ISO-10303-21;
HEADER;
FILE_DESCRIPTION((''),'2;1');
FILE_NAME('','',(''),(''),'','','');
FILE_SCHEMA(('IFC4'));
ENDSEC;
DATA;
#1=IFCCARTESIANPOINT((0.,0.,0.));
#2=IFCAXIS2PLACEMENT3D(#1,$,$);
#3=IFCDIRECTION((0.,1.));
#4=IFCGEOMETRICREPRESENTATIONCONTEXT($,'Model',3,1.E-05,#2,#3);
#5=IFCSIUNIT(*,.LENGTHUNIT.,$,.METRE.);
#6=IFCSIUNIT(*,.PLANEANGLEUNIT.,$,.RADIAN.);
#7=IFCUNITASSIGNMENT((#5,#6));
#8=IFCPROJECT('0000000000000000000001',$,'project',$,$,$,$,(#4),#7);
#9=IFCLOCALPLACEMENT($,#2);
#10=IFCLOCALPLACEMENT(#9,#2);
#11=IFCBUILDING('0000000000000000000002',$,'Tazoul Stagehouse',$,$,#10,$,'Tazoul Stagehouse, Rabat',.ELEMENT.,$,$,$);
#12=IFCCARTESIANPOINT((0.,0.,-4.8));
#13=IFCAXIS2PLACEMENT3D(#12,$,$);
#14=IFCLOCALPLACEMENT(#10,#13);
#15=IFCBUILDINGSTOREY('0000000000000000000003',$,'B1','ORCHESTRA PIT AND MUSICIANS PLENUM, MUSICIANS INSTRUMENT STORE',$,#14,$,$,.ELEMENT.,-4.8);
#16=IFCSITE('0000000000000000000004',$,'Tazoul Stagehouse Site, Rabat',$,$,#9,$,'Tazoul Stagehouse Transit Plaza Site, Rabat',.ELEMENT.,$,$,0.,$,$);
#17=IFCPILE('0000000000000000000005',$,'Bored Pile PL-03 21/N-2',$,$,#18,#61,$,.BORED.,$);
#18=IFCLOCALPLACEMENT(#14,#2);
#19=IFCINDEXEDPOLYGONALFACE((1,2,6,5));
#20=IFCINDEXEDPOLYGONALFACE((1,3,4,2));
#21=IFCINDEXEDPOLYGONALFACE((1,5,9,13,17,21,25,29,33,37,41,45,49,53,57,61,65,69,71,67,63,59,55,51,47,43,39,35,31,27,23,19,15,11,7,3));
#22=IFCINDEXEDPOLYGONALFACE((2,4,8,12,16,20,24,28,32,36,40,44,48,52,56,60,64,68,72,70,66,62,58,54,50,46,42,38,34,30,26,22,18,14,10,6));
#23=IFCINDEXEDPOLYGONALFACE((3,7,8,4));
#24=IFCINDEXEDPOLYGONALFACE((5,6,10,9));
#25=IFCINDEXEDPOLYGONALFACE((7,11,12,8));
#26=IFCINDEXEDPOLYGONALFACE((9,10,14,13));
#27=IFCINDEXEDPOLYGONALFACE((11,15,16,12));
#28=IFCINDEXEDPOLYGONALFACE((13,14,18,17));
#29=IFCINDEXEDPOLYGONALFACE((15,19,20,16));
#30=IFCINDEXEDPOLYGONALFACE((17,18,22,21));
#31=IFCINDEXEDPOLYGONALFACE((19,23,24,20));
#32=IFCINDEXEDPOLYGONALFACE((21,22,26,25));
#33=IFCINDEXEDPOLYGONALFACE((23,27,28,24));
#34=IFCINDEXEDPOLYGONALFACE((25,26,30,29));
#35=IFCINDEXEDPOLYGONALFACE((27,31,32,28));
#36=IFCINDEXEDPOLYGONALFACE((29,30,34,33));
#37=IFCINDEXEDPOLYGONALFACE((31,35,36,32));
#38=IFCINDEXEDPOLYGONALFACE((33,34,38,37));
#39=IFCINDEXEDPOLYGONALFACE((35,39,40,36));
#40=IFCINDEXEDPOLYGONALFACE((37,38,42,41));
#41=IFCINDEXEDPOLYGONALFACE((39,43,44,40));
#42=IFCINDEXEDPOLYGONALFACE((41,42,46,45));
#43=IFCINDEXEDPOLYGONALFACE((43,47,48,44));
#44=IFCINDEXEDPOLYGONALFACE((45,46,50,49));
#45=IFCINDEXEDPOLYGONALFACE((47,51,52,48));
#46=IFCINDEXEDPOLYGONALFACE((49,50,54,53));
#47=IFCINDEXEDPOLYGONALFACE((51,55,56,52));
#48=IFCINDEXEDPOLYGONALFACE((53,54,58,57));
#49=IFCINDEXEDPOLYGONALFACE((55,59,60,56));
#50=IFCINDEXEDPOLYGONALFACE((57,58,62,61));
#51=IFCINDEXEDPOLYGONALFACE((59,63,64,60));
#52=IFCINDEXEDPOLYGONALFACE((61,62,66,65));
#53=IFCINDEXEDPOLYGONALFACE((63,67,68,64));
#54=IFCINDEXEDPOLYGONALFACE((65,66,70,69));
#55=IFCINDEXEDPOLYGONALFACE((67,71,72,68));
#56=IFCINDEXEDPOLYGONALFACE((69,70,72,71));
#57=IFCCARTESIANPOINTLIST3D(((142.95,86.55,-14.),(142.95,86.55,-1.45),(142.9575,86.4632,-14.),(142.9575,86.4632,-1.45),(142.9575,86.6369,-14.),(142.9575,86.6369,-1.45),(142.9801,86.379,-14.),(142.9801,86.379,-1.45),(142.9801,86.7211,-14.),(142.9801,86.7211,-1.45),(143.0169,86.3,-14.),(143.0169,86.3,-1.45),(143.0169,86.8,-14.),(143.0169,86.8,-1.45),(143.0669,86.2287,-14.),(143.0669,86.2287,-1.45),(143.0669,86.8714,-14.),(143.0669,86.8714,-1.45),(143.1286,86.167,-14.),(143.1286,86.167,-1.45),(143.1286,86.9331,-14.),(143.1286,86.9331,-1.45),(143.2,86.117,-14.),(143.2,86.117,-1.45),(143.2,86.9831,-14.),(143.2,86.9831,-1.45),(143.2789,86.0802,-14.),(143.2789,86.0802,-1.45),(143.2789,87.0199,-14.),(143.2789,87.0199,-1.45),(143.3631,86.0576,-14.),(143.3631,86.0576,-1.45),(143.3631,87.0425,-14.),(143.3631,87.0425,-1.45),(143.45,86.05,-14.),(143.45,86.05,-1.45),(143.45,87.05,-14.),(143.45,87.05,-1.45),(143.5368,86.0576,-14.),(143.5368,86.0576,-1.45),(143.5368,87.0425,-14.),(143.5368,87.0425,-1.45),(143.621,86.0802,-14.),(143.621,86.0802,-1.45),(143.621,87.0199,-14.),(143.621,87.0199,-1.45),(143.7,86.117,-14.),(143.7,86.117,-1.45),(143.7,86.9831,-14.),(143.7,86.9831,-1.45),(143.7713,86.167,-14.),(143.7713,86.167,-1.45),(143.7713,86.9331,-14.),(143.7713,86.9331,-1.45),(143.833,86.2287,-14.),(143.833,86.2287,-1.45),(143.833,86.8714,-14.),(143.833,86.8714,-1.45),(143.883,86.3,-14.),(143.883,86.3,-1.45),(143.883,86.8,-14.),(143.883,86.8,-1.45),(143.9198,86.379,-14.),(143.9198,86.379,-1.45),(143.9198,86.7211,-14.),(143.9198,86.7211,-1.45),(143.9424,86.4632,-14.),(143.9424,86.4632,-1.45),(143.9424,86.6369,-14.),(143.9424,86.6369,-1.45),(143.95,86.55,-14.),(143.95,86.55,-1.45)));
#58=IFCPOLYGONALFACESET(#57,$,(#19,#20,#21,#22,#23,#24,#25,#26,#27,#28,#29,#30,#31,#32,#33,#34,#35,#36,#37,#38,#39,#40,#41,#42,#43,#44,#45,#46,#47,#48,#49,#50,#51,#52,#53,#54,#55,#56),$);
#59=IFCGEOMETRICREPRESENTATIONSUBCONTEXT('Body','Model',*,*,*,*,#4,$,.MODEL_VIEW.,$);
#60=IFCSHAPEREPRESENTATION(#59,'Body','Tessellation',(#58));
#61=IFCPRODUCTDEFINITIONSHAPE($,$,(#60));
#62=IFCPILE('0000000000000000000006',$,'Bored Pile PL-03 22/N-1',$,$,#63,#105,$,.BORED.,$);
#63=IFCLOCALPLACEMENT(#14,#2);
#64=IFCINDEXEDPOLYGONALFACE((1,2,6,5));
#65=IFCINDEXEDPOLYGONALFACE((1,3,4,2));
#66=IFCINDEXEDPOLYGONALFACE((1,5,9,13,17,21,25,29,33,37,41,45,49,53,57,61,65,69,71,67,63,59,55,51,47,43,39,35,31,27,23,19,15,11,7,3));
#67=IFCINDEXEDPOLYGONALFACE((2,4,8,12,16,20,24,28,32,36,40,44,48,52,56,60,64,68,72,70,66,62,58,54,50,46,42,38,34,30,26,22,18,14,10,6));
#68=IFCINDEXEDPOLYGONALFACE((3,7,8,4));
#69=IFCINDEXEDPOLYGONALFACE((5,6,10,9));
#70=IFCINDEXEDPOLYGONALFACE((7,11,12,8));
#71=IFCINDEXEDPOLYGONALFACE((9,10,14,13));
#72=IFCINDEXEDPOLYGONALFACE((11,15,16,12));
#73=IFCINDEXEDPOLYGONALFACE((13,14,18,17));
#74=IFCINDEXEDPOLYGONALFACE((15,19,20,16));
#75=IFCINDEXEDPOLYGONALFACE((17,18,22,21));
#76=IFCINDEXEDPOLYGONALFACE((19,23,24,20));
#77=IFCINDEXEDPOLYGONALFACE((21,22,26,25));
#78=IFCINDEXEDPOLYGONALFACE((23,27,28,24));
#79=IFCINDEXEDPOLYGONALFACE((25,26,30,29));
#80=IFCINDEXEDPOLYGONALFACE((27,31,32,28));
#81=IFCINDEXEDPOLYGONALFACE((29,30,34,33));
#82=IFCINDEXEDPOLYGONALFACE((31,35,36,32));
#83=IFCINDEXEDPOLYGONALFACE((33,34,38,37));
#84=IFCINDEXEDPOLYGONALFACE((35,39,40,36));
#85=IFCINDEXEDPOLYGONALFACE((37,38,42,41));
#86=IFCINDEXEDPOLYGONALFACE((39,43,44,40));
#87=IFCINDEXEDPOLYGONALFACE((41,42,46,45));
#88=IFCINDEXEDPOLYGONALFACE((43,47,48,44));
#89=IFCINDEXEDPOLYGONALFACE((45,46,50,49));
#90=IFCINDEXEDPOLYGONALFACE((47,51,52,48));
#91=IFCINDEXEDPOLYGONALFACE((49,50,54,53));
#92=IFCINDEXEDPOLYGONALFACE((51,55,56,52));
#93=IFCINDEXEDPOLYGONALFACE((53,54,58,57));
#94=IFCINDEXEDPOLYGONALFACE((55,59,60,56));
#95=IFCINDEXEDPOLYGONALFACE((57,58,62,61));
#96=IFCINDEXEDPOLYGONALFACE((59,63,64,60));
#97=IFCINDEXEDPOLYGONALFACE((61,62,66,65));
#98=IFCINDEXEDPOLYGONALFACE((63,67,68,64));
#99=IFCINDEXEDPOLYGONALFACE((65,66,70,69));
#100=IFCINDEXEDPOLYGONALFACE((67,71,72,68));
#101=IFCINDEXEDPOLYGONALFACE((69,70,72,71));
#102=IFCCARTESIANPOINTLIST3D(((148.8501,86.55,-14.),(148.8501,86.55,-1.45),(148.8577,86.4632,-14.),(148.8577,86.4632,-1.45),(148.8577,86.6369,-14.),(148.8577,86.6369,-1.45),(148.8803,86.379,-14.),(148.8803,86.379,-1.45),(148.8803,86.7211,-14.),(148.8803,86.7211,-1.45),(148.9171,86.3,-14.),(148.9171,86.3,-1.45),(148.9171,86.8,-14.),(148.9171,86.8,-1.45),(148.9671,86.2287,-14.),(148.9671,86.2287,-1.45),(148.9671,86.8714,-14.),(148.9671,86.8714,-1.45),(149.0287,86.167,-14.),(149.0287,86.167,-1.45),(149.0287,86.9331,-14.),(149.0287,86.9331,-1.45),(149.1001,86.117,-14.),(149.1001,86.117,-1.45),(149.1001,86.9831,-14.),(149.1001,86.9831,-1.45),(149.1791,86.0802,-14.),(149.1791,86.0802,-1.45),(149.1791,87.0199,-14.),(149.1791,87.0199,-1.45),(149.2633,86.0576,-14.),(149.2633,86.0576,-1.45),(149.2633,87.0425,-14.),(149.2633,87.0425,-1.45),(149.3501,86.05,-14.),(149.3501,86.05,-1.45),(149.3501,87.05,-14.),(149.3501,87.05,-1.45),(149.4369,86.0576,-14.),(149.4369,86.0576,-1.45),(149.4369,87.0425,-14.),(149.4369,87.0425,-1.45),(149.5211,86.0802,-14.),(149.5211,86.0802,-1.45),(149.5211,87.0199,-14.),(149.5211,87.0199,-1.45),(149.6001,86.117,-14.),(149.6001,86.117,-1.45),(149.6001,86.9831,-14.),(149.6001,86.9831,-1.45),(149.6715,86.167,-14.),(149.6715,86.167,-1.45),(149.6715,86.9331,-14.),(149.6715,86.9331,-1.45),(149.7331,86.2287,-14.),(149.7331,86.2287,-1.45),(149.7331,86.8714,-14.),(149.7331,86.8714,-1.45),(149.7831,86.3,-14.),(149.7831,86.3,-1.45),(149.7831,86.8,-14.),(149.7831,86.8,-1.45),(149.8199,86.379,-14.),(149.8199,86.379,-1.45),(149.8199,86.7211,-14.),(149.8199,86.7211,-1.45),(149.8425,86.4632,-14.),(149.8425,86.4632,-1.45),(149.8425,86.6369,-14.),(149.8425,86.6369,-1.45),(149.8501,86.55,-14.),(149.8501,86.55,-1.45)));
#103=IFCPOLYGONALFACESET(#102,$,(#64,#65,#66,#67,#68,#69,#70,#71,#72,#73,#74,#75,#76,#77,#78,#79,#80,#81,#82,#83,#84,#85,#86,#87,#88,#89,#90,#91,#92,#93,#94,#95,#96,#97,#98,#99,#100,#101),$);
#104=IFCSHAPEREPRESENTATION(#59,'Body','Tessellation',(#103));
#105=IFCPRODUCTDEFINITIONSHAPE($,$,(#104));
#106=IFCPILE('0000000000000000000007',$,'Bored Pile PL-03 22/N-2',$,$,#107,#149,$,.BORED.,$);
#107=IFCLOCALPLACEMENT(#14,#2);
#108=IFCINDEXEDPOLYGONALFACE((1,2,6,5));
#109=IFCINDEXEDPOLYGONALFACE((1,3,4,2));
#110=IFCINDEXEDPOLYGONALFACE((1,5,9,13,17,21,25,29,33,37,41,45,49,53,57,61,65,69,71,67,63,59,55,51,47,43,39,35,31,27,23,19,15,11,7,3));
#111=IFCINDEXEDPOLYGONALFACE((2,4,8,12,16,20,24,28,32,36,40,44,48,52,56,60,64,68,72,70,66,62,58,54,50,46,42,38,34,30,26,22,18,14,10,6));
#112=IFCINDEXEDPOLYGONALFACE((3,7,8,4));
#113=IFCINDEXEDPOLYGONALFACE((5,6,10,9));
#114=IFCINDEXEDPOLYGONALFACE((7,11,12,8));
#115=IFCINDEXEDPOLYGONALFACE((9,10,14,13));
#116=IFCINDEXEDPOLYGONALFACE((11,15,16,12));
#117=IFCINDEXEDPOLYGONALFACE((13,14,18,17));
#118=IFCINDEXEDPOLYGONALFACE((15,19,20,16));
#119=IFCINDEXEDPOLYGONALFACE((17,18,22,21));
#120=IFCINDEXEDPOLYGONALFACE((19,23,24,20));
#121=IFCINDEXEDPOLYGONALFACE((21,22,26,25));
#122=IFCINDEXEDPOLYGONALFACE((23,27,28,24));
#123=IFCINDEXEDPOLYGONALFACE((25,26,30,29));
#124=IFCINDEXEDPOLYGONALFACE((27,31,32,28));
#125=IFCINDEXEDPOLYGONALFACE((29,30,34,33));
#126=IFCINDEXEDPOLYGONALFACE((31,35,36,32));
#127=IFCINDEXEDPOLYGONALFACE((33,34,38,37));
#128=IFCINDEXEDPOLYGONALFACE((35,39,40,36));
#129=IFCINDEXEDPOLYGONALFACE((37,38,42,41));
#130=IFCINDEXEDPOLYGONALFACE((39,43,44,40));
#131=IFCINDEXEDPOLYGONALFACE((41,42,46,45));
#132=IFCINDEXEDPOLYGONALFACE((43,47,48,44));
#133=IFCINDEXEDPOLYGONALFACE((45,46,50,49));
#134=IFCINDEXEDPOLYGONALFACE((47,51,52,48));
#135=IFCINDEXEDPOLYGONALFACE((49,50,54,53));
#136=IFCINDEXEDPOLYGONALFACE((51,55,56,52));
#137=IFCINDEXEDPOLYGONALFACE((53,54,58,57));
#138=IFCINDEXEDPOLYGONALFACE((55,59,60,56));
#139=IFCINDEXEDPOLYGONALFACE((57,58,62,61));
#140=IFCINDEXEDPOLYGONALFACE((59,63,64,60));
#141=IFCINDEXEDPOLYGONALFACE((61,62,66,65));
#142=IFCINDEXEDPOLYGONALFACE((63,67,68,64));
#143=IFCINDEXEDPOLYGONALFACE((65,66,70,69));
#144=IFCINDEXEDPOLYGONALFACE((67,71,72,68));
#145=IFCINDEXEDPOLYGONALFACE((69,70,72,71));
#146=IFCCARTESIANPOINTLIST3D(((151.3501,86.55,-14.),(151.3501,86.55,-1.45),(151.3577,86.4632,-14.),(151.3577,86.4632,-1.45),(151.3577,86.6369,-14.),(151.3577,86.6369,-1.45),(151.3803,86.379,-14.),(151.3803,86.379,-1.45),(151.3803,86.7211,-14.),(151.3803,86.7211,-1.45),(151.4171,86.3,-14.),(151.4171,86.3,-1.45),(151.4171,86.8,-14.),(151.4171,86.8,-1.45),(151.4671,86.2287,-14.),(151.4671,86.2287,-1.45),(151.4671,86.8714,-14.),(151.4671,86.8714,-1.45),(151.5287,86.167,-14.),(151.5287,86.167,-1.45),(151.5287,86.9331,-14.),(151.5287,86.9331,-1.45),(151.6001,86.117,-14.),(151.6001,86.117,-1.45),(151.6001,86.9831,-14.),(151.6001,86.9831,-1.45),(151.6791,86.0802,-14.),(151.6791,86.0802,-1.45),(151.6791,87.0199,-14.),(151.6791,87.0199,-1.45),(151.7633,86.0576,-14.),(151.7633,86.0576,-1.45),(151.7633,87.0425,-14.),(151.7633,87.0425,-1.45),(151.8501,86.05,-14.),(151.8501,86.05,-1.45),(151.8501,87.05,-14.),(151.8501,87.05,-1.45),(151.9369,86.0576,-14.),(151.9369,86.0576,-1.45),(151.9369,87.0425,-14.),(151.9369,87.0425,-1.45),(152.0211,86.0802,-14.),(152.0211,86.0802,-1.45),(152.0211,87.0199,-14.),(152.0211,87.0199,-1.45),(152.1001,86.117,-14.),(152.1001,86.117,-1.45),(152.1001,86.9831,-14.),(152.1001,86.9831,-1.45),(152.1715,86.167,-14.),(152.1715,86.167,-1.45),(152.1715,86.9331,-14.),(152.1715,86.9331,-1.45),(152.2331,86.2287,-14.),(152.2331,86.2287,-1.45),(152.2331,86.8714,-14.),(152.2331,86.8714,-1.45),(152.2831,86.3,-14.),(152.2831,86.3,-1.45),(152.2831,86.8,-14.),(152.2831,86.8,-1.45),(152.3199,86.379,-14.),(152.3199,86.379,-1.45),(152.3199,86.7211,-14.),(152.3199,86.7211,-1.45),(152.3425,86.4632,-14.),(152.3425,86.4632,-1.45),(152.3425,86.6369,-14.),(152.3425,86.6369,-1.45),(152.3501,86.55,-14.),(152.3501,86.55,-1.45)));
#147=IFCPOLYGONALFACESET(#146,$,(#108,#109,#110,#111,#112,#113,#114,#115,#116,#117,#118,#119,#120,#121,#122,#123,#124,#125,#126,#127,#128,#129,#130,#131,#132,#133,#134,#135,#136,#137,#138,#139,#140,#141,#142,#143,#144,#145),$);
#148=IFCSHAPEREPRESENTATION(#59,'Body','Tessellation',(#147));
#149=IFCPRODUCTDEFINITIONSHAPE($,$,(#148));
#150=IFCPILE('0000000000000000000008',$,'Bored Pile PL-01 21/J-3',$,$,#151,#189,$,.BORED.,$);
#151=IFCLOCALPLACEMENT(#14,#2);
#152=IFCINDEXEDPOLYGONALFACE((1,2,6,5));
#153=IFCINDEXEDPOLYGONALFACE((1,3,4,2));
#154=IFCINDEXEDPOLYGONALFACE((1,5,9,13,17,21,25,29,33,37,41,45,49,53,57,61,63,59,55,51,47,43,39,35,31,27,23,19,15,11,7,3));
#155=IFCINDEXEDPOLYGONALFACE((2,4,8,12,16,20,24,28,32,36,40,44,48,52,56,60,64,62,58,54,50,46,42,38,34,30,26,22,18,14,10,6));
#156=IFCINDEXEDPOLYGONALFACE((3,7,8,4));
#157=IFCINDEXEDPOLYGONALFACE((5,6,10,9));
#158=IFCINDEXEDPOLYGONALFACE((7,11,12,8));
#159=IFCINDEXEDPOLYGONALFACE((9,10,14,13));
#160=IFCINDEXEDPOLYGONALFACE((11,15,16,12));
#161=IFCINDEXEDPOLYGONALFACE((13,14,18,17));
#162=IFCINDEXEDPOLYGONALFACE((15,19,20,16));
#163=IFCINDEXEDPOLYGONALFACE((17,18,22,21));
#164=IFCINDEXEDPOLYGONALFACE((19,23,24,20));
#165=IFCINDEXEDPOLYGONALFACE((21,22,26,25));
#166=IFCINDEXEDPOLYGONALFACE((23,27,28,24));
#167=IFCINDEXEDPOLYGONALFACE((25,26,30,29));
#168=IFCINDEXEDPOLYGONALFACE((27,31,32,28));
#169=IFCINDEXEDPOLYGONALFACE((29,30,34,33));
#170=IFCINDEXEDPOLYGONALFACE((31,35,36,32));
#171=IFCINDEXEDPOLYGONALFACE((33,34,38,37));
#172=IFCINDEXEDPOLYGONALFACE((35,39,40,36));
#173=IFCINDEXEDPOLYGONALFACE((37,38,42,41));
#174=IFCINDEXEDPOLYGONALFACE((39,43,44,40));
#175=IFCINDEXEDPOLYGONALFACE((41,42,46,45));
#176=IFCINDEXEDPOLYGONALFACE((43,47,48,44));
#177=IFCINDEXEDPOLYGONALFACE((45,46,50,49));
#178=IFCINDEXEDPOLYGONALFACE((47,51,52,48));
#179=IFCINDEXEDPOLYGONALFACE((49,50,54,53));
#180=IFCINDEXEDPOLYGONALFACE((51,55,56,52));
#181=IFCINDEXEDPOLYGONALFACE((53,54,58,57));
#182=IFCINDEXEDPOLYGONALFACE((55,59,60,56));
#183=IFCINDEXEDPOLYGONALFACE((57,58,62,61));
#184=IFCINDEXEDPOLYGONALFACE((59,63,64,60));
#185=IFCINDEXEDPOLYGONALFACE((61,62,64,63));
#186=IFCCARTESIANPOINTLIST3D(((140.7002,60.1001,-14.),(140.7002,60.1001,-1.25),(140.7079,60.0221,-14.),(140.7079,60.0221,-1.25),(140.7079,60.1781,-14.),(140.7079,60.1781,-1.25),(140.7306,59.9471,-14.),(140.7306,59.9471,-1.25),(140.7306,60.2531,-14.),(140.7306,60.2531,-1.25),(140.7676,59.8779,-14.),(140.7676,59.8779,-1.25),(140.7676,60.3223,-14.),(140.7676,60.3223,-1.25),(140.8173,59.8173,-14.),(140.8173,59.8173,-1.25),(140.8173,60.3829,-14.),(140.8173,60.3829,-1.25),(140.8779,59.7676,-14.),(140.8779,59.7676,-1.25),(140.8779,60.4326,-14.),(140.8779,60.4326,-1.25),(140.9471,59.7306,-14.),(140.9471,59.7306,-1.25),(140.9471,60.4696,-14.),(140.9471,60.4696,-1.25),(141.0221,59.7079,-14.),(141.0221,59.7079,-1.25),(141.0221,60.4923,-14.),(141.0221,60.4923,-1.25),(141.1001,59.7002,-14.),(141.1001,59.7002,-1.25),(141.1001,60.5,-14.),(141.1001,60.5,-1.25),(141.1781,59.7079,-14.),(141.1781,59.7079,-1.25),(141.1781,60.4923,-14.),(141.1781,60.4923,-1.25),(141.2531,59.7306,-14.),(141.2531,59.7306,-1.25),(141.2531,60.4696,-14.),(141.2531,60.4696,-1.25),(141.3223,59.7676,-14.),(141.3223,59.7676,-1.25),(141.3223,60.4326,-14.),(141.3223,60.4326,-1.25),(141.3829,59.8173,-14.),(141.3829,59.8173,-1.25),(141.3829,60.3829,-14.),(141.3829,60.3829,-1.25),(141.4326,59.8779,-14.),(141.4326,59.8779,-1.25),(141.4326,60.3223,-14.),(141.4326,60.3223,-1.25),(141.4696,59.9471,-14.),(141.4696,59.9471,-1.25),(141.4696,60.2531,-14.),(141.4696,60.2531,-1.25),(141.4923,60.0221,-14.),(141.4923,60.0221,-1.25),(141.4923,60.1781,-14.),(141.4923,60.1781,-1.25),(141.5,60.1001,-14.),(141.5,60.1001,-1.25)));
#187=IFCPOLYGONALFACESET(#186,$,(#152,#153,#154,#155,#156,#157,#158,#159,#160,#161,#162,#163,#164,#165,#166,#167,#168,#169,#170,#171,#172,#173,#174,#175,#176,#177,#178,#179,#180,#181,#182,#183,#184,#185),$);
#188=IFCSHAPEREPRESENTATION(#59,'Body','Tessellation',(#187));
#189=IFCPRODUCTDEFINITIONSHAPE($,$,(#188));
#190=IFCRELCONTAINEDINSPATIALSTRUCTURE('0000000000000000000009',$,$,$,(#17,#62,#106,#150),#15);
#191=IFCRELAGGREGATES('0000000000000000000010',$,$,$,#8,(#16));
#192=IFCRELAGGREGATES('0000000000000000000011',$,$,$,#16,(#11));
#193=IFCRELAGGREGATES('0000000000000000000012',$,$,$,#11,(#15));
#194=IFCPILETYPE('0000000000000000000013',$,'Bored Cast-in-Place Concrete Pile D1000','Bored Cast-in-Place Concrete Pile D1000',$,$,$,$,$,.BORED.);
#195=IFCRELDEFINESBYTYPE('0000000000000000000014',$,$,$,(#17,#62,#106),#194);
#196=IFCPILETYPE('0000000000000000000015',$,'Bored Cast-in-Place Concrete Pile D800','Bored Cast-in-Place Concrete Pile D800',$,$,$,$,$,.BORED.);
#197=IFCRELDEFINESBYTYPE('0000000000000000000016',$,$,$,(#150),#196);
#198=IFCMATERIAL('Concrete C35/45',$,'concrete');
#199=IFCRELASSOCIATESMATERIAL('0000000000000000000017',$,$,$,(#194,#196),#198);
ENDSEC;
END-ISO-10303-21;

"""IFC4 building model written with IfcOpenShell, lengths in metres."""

from ifc_helpers import new_model, si_unit, direction, frame, origin, origin_2d, place, context, subcontext, project, spatial, circle, extrude, material, material_profile, profile_set, type_object, element, save


model = new_model("IFC4")

# Units and contexts
model_context = context("Model", 3, precision=1e-05, world=origin(), true_north=direction((0.0, 1.0)))
body_context = subcontext(model_context, "Body", "Model", "MODEL_VIEW")
ifc_project = project(units=[si_unit("LENGTHUNIT", "METRE"), si_unit("PLANEANGLEUNIT", "RADIAN")], contexts=[model_context])

# Site, building, storey
site_placement = place(None, origin())
site = spatial("IfcSite", under=ifc_project, at=site_placement, Name="Tazoul Stagehouse Site, Rabat", LongName="Tazoul Stagehouse Transit Plaza Site, Rabat", CompositionType="ELEMENT", RefElevation=0.0)
building_placement = place(site_placement, origin())
building = spatial("IfcBuilding", under=site, at=building_placement, Name="Tazoul Stagehouse", LongName="Tazoul Stagehouse, Rabat", CompositionType="ELEMENT")
storey_placement = place(building_placement, frame((0.0, 0.0, -4.8)))
storey = spatial("IfcBuildingStorey", under=building, at=storey_placement, Name="B1", Description="ORCHESTRA PIT AND MUSICIANS PLENUM, MUSICIANS INSTRUMENT STORE", CompositionType="ELEMENT", Elevation=-4.8)

# Piles
ifc_material_1 = material(Name="Concrete C35/45", Category="concrete")
ifc_material_profile_1 = material_profile(ifc_material_1, circle(Radius=0.5, at=origin_2d()), Name="BORED PILE 1000")
ifc_profile_set_1 = profile_set([ifc_material_profile_1], Name="Concrete C35/45")
pile_type_1 = type_object("IfcPileType", Name="Bored Cast-in-Place Concrete Pile D1000", Description="Bored Cast-in-Place Concrete Pile D1000", PredefinedType="BORED", material=ifc_profile_set_1)
for number, where, z_axis, x_axis, name in (
    (1, (143.45, 86.55, -1.45), (0.0, 0.0, -1.0), (1.0, 0.0, 0.0), "Bored Pile PL-03 21/N-2"),
    (2, (149.3501, 86.55, -1.45), (0.0, 0.0, -1.0), (1.0, 0.0, 0.0), "Bored Pile PL-03 22/N-1"),
    (3, (151.8501, 86.55, -1.45), (0.0, 0.0, -1.0), (1.0, 0.0, 0.0), "Bored Pile PL-03 22/N-2"),
):
    element("IfcPile", number, at=place(storey_placement, frame(where, z_axis=z_axis, x_axis=x_axis)), inside=storey, type_object=pile_type_1, Name=name, PredefinedType="BORED", context=body_context, shape_type="SweptSolid", body=[
        extrude(circle(Radius=0.5, at=origin_2d()), origin(), (0.0, 0.0, 1.0), 12.55),
    ])
ifc_material_profile_2 = material_profile(ifc_material_1, circle(Radius=0.3999, at=origin_2d()), Name="BORED PILE 800")
ifc_profile_set_2 = profile_set([ifc_material_profile_2], Name="Concrete C35/45")
pile_type_2 = type_object("IfcPileType", Name="Bored Cast-in-Place Concrete Pile D800", Description="Bored Cast-in-Place Concrete Pile D800", PredefinedType="BORED", material=ifc_profile_set_2)
for number, where, z_axis, x_axis, name in (
    (4, (141.1001, 60.1001, -1.25), (0.0, 0.0, -1.0), (1.0, 0.0, 0.0), "Bored Pile PL-01 21/J-3"),
):
    element("IfcPile", number, at=place(storey_placement, frame(where, z_axis=z_axis, x_axis=x_axis)), inside=storey, type_object=pile_type_2, Name=name, PredefinedType="BORED", context=body_context, shape_type="SweptSolid", body=[
        extrude(circle(Radius=0.3999, at=origin_2d()), origin(), (0.0, 0.0, 1.0), 12.75),
    ])

save(model, "model.ifc")
